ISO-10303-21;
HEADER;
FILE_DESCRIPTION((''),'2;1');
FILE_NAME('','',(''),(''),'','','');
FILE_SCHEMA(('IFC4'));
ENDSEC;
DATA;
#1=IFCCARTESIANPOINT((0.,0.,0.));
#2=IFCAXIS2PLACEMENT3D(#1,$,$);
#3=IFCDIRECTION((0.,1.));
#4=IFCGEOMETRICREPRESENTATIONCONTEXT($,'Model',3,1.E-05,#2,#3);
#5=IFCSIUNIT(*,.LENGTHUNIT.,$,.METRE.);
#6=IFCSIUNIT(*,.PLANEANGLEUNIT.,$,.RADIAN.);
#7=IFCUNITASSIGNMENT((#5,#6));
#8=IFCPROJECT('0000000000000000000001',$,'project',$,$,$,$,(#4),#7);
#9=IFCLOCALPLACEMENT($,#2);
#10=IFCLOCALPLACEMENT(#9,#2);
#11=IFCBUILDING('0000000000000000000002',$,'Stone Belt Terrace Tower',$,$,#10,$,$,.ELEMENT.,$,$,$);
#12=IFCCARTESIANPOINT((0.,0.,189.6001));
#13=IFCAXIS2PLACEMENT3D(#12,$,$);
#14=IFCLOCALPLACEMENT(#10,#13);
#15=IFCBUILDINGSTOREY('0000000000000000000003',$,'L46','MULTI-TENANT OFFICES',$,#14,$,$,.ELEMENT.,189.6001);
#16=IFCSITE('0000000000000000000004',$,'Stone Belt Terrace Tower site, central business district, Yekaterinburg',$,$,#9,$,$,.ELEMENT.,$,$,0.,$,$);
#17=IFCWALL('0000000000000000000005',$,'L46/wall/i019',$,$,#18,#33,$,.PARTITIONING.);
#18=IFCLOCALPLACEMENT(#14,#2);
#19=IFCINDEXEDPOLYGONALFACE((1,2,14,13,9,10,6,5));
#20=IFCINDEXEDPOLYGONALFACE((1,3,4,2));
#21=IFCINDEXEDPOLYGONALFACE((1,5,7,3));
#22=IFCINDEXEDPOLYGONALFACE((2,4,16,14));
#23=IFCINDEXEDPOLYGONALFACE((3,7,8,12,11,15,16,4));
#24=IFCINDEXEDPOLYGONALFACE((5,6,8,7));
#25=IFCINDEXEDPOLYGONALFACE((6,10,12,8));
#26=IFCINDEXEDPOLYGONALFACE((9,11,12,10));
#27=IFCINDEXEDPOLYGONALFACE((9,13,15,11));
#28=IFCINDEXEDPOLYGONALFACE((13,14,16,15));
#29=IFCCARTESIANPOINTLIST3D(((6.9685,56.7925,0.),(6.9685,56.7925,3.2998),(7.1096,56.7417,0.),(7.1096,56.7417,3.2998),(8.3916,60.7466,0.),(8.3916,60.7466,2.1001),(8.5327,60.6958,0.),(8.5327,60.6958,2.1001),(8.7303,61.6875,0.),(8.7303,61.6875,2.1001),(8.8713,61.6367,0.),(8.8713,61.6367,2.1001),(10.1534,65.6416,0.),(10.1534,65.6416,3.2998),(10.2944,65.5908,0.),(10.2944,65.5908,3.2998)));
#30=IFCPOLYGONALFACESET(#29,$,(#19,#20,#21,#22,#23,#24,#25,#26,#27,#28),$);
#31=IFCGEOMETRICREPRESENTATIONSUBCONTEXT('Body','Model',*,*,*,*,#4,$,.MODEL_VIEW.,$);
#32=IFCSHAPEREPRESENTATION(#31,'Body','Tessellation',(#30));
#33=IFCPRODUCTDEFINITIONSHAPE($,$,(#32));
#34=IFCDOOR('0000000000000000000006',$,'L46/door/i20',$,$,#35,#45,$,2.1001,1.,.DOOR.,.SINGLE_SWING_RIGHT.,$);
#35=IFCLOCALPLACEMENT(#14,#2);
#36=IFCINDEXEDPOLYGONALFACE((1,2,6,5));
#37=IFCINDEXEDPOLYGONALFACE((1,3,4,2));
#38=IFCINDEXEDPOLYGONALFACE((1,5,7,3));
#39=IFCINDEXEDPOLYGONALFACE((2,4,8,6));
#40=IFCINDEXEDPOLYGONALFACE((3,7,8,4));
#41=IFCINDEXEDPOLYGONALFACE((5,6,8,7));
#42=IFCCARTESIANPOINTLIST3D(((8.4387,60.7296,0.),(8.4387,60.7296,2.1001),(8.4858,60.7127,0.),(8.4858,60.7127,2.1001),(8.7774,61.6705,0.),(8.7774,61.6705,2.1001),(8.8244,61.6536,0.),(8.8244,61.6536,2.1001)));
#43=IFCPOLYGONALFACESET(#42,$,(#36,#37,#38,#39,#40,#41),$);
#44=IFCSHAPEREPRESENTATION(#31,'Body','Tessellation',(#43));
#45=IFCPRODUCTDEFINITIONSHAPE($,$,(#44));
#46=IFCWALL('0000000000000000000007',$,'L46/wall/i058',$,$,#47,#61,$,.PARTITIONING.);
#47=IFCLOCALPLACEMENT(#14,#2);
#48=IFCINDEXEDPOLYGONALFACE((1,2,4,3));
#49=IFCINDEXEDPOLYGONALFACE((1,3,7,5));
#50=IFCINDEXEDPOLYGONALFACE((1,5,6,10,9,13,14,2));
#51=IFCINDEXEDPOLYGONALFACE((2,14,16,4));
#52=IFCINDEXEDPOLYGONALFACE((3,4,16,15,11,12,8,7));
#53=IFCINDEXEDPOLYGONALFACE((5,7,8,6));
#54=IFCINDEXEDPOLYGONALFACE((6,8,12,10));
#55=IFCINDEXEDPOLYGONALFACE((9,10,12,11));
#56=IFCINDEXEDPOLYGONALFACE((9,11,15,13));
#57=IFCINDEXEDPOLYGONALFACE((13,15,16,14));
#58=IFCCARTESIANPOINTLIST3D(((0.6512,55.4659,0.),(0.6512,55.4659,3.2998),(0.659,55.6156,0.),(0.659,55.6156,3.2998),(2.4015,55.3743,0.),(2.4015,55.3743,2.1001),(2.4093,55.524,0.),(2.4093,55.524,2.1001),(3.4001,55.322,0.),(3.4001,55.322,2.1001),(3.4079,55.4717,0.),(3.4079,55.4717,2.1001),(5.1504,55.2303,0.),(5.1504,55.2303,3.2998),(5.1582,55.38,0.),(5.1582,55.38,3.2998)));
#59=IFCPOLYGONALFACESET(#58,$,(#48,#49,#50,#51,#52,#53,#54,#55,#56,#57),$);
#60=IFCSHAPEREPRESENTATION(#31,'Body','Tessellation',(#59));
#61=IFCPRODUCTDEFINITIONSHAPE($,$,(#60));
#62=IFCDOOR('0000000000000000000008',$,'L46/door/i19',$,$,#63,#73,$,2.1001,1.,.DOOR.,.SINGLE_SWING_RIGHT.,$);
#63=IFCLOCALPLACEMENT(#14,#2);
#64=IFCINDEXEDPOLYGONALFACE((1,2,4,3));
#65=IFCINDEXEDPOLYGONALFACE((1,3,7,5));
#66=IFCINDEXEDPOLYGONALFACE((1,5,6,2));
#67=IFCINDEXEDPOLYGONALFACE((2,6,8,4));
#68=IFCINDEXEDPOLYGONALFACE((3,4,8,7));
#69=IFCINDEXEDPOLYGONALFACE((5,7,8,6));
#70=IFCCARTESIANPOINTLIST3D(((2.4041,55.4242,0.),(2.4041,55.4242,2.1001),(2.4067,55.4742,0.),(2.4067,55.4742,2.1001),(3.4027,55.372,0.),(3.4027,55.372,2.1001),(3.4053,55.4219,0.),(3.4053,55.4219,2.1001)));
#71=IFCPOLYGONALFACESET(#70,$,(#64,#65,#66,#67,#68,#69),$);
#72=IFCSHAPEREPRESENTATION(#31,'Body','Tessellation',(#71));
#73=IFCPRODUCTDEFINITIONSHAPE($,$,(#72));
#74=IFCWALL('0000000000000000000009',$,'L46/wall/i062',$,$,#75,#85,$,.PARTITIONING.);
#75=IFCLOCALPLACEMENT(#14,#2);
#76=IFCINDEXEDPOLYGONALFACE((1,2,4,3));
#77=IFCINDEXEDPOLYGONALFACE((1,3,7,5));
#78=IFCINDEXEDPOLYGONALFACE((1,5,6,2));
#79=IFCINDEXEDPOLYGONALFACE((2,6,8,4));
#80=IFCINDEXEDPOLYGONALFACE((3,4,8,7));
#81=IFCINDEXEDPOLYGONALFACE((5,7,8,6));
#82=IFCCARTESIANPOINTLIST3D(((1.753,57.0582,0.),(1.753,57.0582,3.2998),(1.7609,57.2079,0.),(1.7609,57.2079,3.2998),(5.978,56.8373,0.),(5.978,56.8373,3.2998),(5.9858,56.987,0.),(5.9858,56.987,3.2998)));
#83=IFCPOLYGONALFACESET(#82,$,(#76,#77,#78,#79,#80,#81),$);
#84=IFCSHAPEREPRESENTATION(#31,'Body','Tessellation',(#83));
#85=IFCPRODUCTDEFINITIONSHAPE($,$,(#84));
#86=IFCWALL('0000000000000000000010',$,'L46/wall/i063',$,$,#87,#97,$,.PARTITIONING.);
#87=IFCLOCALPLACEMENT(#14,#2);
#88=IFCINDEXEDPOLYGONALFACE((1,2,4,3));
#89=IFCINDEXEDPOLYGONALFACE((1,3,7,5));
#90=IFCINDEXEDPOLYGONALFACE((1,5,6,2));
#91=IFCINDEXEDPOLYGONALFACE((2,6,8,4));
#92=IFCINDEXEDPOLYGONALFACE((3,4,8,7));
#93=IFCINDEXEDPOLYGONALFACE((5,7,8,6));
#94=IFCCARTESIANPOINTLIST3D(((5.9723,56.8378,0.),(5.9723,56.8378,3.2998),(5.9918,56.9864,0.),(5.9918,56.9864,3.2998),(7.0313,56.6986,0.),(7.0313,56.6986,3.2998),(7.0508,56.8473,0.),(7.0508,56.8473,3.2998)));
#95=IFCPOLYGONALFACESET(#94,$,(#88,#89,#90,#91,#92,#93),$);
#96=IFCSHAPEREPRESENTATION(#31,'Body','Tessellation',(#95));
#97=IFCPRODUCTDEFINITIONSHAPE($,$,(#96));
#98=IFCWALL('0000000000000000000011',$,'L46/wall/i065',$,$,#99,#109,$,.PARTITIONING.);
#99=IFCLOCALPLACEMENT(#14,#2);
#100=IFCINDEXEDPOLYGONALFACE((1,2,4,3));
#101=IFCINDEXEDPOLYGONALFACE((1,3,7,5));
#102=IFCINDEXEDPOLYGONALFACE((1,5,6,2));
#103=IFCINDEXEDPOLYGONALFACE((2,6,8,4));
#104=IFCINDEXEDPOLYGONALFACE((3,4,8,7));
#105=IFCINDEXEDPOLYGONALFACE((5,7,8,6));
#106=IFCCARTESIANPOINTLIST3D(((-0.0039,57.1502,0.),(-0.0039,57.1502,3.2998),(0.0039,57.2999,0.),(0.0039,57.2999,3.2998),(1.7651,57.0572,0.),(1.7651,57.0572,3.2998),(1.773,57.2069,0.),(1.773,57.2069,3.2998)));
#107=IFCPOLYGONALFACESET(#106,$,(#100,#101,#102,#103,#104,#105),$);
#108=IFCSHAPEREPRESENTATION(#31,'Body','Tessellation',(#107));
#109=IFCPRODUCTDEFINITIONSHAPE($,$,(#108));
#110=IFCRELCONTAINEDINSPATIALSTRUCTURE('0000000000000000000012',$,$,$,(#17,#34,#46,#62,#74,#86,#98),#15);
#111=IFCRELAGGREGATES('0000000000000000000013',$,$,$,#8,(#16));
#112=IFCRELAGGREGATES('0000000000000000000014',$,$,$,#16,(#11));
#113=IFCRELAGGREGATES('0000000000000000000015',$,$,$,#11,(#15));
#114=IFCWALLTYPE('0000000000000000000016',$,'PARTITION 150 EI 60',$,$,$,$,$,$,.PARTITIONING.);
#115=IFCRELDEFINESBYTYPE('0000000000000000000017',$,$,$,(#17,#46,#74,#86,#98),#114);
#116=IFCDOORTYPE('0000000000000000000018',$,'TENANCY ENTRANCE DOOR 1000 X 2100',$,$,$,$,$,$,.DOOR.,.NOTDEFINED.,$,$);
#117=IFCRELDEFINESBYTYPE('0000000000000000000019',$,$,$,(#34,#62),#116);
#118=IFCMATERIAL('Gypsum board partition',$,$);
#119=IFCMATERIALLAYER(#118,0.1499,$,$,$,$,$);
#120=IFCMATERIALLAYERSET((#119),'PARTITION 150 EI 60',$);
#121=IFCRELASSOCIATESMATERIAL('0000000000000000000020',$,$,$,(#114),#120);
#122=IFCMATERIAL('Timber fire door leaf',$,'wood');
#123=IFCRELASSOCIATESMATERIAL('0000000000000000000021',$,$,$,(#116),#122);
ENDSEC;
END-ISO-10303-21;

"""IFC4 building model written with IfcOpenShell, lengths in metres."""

from ifc_helpers import new_model, si_unit, direction, frame, frame_2d, origin, place, context, subcontext, project, spatial, rectangle, extrude, material, layer, layer_set, type_object, element, fill, save


model = new_model("IFC4")

# Units and contexts
model_context = context("Model", 3, precision=1e-05, world=origin(), true_north=direction((0.0, 1.0)))
body_context = subcontext(model_context, "Body", "Model", "MODEL_VIEW")
ifc_project = project(units=[si_unit("LENGTHUNIT", "METRE"), si_unit("PLANEANGLEUNIT", "RADIAN")], contexts=[model_context])

# Site, building, storey
site_placement = place(None, origin())
site = spatial("IfcSite", under=ifc_project, at=site_placement, Name="Stone Belt Terrace Tower site, central business district, Yekaterinburg", CompositionType="ELEMENT", RefElevation=0.0)
building_placement = place(site_placement, origin())
building = spatial("IfcBuilding", under=site, at=building_placement, Name="Stone Belt Terrace Tower", CompositionType="ELEMENT")
storey_placement = place(building_placement, frame((0.0, 0.0, 189.6001)))
storey = spatial("IfcBuildingStorey", under=building, at=storey_placement, Name="L46", Description="MULTI-TENANT OFFICES", CompositionType="ELEMENT", Elevation=189.6001)

# Shared definitions
ifc_material_1 = material(Name="Gypsum board partition")

# Walls, openings, doors
ifc_layer_1 = layer(ifc_material_1, 0.1499)
ifc_layer_set_1 = layer_set([ifc_layer_1], Name="PARTITION 150 EI 60")
wall_type_1 = type_object("IfcWallType", Name="PARTITION 150 EI 60", PredefinedType="PARTITIONING", material=ifc_layer_set_1)
wall_1_placement = place(storey_placement, frame((7.0391, 56.7671, 0.0), z_axis=(0.0, 0.0, 1.0), x_axis=(0.338638, 0.940917, 0.0)))
wall_1 = element("IfcWall", 1, at=wall_1_placement, inside=storey, type_object=wall_type_1, Name="L46/wall/i019", PredefinedType="PARTITIONING", context=body_context, shape_type="SweptSolid", body=[
    extrude(rectangle(XDim=9.4048, YDim=0.1499, at=frame_2d((4.7024, 0.0))), origin(), (0.0, 0.0, 1.0), 3.2998),
])
opening_1_placement = place(wall_1_placement, frame((4.2024, 0.0, 0.0)))
opening_1 = element("IfcOpeningElement", 2, at=opening_1_placement, cuts=wall_1, PredefinedType="OPENING", context=body_context, shape_type="SweptSolid", body=[
    extrude(rectangle(XDim=1.0, YDim=2.1001, at=frame_2d((0.5, 1.05))), frame((0.0, 0.085, 0.0), z_axis=(0.0, -1.0, 0.0), x_axis=(1.0, 0.0, 0.0)), (0.0, 0.0, 1.0), 0.1699),
])
ifc_material_2 = material(Name="Timber fire door leaf", Category="wood")
door_type_1 = type_object("IfcDoorType", Name="TENANCY ENTRANCE DOOR 1000 X 2100", OperationType="NOTDEFINED", PredefinedType="DOOR", material=ifc_material_2)
door_1_placement = place(opening_1_placement, origin())
door_1 = element("IfcDoor", 3, at=door_1_placement, inside=storey, type_object=door_type_1, Name="L46/door/i20", OperationType="SINGLE_SWING_RIGHT", OverallHeight=2.1001, OverallWidth=1.0, PredefinedType="DOOR", context=body_context, shape_type="SweptSolid", body=[
    extrude(rectangle(XDim=1.0, YDim=2.1001, at=frame_2d((0.5, 1.05))), frame((0.0, 0.0249, 0.0), z_axis=(0.0, -1.0, 0.0), x_axis=(1.0, 0.0, 0.0)), (0.0, 0.0, 1.0), 0.05),
])
fill(opening_1, door_1)
wall_2_placement = place(storey_placement, frame((5.1543, 55.3052, 0.0), z_axis=(0.0, 0.0, 1.0), x_axis=(-0.998632, 0.052291, 0.0)))
wall_2 = element("IfcWall", 4, at=wall_2_placement, inside=storey, type_object=wall_type_1, Name="L46/wall/i058", PredefinedType="PARTITIONING", context=body_context, shape_type="SweptSolid", body=[
    extrude(rectangle(XDim=4.5054, YDim=0.1499, at=frame_2d((2.2527, 0.0))), origin(), (0.0, 0.0, 1.0), 3.2998),
])
opening_2_placement = place(wall_2_placement, frame((1.7527, 0.0, 0.0)))
opening_2 = element("IfcOpeningElement", 5, at=opening_2_placement, cuts=wall_2, PredefinedType="OPENING", context=body_context, shape_type="SweptSolid", body=[
    extrude(rectangle(XDim=1.0, YDim=2.1001, at=frame_2d((0.5, 1.05))), frame((0.0, 0.085, 0.0), z_axis=(0.0, -1.0, 0.0), x_axis=(1.0, 0.0, 0.0)), (0.0, 0.0, 1.0), 0.1699),
])
door_2_placement = place(opening_2_placement, origin())
door_2 = element("IfcDoor", 6, at=door_2_placement, inside=storey, type_object=door_type_1, Name="L46/door/i19", OperationType="SINGLE_SWING_RIGHT", OverallHeight=2.1001, OverallWidth=1.0, PredefinedType="DOOR", context=body_context, shape_type="SweptSolid", body=[
    extrude(rectangle(XDim=1.0, YDim=2.1001, at=frame_2d((0.5, 1.05))), frame((0.0, 0.0249, 0.0), z_axis=(0.0, -1.0, 0.0), x_axis=(1.0, 0.0, 0.0)), (0.0, 0.0, 1.0), 0.05),
])
fill(opening_2, door_2)

# Walls
wall_3_placement = place(storey_placement, frame((1.7571, 57.1331, 0.0), z_axis=(0.0, 0.0, 1.0), x_axis=(0.998635, -0.052226, 0.0)))
element("IfcWall", 7, at=wall_3_placement, inside=storey, type_object=wall_type_1, Name="L46/wall/i062", PredefinedType="PARTITIONING", context=body_context, shape_type="SweptSolid", body=[
    extrude(rectangle(XDim=4.2307, YDim=0.1499, at=frame_2d((2.1152, 0.0))), origin(), (0.0, 0.0, 1.0), 3.2998),
])
wall_4_placement = place(storey_placement, frame((5.9819, 56.9121, 0.0), z_axis=(0.0, 0.0, 1.0), x_axis=(0.991478, -0.130277, 0.0)))
element("IfcWall", 8, at=wall_4_placement, inside=storey, type_object=wall_type_1, Name="L46/wall/i063", PredefinedType="PARTITIONING", context=body_context, shape_type="SweptSolid", body=[
    extrude(rectangle(XDim=1.0681, YDim=0.1499, at=frame_2d((0.5342, 0.0))), origin(), (0.0, 0.0, 1.0), 3.2998),
])
wall_5_placement = place(storey_placement, frame((0.0, 57.2251, 0.0), z_axis=(0.0, 0.0, 1.0), x_axis=(0.99862, -0.052508, 0.0)))
element("IfcWall", 9, at=wall_5_placement, inside=storey, type_object=wall_type_1, Name="L46/wall/i065", PredefinedType="PARTITIONING", context=body_context, shape_type="SweptSolid", body=[
    extrude(rectangle(XDim=1.7715, YDim=0.1499, at=frame_2d((0.8857, 0.0))), origin(), (0.0, 0.0, 1.0), 3.2998),
])

save(model, "model.ifc")
